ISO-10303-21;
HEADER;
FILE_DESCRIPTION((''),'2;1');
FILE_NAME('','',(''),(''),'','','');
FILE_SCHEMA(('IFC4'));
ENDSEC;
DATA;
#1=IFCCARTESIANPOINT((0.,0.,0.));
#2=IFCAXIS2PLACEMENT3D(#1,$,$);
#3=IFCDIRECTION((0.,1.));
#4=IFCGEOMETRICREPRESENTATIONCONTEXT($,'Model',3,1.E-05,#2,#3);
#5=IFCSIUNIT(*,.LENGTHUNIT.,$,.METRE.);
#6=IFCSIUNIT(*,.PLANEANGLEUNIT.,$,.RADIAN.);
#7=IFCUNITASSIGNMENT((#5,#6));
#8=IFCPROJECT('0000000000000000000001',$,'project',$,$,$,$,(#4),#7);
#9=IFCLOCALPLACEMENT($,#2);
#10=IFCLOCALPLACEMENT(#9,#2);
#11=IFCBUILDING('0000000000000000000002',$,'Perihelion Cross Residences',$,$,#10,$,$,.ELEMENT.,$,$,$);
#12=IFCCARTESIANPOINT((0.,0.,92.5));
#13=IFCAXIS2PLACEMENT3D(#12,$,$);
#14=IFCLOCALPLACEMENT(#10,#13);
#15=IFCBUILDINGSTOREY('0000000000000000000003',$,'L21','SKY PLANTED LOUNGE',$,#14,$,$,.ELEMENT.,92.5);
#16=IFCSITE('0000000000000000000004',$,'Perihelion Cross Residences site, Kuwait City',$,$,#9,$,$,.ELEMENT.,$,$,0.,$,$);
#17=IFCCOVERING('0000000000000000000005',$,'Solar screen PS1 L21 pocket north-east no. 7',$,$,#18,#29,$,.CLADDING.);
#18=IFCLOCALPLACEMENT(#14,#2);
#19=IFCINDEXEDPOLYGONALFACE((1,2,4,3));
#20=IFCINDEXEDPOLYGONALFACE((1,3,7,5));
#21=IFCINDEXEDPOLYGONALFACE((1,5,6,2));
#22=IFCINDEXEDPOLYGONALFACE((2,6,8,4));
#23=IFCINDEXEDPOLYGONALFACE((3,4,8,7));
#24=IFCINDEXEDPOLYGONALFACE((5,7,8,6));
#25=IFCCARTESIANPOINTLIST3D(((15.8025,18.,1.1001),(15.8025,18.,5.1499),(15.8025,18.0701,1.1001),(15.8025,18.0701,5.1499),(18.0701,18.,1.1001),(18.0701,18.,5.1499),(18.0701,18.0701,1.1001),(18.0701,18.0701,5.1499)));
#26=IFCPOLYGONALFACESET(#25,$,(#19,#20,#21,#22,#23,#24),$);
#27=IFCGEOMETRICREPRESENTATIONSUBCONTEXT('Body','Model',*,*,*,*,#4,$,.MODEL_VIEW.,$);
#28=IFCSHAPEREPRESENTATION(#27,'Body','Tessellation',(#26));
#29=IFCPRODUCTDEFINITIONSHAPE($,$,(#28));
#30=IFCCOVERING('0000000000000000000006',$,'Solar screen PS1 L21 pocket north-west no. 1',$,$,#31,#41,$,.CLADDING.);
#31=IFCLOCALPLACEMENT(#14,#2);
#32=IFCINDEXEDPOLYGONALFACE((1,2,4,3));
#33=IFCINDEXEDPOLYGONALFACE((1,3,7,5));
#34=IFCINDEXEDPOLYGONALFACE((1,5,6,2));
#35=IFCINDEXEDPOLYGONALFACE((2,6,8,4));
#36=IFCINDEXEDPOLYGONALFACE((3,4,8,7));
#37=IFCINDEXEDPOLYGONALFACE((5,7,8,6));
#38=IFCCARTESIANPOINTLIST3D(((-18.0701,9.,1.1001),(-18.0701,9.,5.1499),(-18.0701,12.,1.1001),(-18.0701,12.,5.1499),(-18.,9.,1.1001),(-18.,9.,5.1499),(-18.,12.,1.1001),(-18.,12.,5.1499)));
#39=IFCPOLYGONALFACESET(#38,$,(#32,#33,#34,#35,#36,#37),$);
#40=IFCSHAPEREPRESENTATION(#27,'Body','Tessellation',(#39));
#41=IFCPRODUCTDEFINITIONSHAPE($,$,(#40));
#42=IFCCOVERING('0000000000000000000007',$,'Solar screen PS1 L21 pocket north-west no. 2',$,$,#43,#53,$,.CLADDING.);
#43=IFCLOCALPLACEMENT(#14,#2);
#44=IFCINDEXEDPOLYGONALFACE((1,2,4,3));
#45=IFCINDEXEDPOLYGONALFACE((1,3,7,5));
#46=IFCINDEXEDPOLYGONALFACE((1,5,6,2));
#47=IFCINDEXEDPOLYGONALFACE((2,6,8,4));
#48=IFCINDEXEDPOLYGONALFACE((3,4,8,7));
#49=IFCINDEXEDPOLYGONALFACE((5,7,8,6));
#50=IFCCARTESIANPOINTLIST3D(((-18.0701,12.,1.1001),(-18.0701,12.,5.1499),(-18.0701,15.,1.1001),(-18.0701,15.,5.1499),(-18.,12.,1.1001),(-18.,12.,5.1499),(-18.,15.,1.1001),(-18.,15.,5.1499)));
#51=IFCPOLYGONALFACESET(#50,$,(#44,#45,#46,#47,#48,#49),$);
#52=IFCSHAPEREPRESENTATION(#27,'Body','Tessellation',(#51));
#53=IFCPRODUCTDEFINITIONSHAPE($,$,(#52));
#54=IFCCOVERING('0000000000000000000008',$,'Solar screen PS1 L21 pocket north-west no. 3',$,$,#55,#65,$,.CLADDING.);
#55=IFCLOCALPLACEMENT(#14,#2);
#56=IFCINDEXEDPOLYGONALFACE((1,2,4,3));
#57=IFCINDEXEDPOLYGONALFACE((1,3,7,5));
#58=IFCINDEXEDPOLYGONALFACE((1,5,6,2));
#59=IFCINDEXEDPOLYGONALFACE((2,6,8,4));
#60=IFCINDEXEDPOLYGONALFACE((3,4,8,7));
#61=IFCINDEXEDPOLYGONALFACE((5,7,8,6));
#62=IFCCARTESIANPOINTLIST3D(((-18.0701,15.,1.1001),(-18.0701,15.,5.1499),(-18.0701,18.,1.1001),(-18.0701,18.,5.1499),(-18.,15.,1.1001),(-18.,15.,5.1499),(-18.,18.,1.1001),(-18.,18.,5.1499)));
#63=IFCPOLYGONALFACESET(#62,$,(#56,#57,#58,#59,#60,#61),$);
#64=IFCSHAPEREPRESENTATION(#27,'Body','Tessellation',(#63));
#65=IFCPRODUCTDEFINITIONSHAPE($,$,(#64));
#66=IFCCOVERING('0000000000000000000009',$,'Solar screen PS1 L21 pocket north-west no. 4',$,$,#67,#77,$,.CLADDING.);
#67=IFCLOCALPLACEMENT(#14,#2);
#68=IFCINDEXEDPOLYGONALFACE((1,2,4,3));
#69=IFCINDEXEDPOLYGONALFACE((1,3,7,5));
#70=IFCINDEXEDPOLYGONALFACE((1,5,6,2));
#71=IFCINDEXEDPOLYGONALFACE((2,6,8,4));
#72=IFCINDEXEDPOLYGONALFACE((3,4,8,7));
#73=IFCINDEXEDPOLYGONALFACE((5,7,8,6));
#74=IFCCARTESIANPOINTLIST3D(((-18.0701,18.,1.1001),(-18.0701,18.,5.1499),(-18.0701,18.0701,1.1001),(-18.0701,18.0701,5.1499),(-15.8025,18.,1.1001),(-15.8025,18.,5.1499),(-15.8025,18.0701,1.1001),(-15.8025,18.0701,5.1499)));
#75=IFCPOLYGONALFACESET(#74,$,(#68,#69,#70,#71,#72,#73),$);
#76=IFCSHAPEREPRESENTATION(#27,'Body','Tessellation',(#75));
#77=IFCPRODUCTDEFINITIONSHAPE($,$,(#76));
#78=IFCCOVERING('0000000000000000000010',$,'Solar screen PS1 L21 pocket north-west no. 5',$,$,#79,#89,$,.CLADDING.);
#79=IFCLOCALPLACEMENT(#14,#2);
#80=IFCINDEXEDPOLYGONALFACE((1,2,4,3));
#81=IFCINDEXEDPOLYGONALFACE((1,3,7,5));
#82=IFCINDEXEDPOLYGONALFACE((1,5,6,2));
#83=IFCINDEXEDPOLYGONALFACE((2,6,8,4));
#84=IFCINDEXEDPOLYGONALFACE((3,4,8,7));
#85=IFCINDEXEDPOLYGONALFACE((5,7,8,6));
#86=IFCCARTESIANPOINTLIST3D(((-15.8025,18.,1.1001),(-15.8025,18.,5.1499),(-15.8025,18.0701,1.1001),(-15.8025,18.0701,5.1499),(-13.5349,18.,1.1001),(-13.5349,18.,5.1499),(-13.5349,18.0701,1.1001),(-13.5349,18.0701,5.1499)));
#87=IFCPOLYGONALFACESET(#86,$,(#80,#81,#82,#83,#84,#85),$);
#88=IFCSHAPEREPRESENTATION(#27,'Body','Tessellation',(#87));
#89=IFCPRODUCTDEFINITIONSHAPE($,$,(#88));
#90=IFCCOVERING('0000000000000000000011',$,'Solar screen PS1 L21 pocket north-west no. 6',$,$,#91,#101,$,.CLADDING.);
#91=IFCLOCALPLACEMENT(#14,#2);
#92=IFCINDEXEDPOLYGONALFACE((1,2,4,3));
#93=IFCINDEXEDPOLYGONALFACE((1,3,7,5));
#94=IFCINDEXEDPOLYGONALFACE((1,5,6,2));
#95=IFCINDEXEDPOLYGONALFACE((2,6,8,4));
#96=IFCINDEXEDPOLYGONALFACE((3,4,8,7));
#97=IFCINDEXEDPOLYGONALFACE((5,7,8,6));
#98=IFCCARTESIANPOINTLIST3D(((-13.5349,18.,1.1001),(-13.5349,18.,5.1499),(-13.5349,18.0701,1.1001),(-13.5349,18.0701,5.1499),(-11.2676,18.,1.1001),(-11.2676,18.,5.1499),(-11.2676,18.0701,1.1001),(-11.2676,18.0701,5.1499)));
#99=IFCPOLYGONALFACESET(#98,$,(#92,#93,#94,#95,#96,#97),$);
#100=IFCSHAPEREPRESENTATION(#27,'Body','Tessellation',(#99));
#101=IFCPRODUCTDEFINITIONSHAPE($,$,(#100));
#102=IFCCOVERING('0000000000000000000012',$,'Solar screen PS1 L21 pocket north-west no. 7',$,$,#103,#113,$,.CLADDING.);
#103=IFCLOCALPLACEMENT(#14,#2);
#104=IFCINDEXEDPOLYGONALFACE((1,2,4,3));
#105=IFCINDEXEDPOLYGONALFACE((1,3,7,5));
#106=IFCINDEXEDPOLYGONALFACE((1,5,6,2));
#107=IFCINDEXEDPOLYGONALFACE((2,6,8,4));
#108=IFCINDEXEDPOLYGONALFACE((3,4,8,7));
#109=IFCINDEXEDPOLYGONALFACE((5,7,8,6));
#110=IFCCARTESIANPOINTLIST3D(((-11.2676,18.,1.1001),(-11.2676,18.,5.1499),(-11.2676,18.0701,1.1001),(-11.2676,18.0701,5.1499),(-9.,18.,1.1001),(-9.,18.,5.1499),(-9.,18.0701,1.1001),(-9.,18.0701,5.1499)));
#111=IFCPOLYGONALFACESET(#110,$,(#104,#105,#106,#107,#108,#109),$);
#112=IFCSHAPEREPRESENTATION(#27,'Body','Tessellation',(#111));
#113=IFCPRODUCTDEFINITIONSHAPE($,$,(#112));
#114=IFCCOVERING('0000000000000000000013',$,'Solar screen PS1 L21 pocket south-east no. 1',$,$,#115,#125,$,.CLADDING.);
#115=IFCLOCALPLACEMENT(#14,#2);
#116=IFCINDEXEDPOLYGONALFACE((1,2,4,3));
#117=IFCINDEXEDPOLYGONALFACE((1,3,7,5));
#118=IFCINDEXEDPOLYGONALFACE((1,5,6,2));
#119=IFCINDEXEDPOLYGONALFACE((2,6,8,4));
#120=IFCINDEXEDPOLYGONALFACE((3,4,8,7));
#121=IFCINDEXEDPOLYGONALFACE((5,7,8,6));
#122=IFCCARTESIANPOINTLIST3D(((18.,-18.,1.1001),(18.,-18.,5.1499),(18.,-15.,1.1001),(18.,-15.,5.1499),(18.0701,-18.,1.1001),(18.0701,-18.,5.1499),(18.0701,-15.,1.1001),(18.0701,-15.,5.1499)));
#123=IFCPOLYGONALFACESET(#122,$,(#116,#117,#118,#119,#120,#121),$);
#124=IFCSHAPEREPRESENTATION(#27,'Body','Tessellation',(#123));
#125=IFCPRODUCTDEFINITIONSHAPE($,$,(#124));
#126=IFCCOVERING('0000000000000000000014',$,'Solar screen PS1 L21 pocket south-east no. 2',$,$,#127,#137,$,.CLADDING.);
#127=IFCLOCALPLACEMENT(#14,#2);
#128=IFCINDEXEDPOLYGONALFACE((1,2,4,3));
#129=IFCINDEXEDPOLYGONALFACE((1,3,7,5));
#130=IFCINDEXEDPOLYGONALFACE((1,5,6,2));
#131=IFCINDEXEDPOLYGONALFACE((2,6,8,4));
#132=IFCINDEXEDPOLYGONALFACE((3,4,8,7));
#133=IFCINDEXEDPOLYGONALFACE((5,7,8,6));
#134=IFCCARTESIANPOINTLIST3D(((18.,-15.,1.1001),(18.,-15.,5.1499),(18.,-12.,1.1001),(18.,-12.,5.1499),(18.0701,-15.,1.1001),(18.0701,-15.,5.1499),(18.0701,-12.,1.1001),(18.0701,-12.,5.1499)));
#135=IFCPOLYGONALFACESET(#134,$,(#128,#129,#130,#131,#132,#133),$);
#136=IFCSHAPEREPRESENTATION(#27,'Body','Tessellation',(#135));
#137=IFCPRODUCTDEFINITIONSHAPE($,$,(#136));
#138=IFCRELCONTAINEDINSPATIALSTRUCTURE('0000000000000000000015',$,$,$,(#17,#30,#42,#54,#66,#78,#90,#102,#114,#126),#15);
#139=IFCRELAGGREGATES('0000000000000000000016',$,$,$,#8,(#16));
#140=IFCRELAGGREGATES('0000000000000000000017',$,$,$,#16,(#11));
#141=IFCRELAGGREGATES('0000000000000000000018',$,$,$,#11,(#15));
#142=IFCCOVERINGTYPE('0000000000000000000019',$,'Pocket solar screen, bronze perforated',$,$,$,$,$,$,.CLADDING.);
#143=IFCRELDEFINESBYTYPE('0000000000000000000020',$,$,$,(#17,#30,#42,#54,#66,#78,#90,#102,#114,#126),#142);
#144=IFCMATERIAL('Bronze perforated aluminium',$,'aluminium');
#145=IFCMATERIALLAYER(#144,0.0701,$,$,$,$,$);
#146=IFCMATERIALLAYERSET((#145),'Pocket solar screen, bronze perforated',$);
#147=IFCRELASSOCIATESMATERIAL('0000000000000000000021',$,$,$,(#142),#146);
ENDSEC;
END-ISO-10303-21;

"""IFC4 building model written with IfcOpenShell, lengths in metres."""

from ifc_helpers import new_model, si_unit, direction, frame, origin, place, context, subcontext, project, spatial, polyline, outline, extrude, material, layer, layer_set, type_object, element, save


model = new_model("IFC4")

# Units and contexts
model_context = context("Model", 3, precision=1e-05, world=origin(), true_north=direction((0.0, 1.0)))
body_context = subcontext(model_context, "Body", "Model", "MODEL_VIEW")
ifc_project = project(units=[si_unit("LENGTHUNIT", "METRE"), si_unit("PLANEANGLEUNIT", "RADIAN")], contexts=[model_context])

# Site, building, storey
site_placement = place(None, origin())
site = spatial("IfcSite", under=ifc_project, at=site_placement, Name="Perihelion Cross Residences site, Kuwait City", CompositionType="ELEMENT", RefElevation=0.0)
building_placement = place(site_placement, origin())
building = spatial("IfcBuilding", under=site, at=building_placement, Name="Perihelion Cross Residences", CompositionType="ELEMENT")
storey_placement = place(building_placement, frame((0.0, 0.0, 92.5)))
storey = spatial("IfcBuildingStorey", under=building, at=storey_placement, Name="L21", Description="SKY PLANTED LOUNGE", CompositionType="ELEMENT", Elevation=92.5)

# Coverings
ifc_material_1 = material(Name="Bronze perforated aluminium", Category="aluminium")
ifc_layer_1 = layer(ifc_material_1, 0.0701)
ifc_layer_set_1 = layer_set([ifc_layer_1], Name="Pocket solar screen, bronze perforated")
covering_type_1 = type_object("IfcCoveringType", Name="Pocket solar screen, bronze perforated", PredefinedType="CLADDING", material=ifc_layer_set_1)
covering_1_placement = place(storey_placement, frame((0.0, 0.0, 1.1001)))
element("IfcCovering", 1, at=covering_1_placement, inside=storey, type_object=covering_type_1, Name="Solar screen PS1 L21 pocket north-east no. 7", PredefinedType="CLADDING", context=body_context, shape_type="SweptSolid", body=[
    extrude(outline(polyline([(18.0701, 18.0), (18.0701, 18.0701), (15.8025, 18.0701), (15.8025, 18.0), (18.0701, 18.0)])), origin(), (0.0, 0.0, 1.0), 4.0498),
])
covering_2_placement = place(storey_placement, frame((0.0, 0.0, 1.1001)))
element("IfcCovering", 2, at=covering_2_placement, inside=storey, type_object=covering_type_1, Name="Solar screen PS1 L21 pocket north-west no. 1", PredefinedType="CLADDING", context=body_context, shape_type="SweptSolid", body=[
    extrude(outline(polyline([(-18.0, 9.0), (-18.0, 12.0), (-18.0701, 12.0), (-18.0701, 9.0), (-18.0, 9.0)])), origin(), (0.0, 0.0, 1.0), 4.0498),
])
covering_3_placement = place(storey_placement, frame((0.0, 0.0, 1.1001)))
element("IfcCovering", 3, at=covering_3_placement, inside=storey, type_object=covering_type_1, Name="Solar screen PS1 L21 pocket north-west no. 2", PredefinedType="CLADDING", context=body_context, shape_type="SweptSolid", body=[
    extrude(outline(polyline([(-18.0, 12.0), (-18.0, 15.0), (-18.0701, 15.0), (-18.0701, 12.0), (-18.0, 12.0)])), origin(), (0.0, 0.0, 1.0), 4.0498),
])
covering_4_placement = place(storey_placement, frame((0.0, 0.0, 1.1001)))
element("IfcCovering", 4, at=covering_4_placement, inside=storey, type_object=covering_type_1, Name="Solar screen PS1 L21 pocket north-west no. 3", PredefinedType="CLADDING", context=body_context, shape_type="SweptSolid", body=[
    extrude(outline(polyline([(-18.0, 15.0), (-18.0, 18.0), (-18.0701, 18.0), (-18.0701, 15.0), (-18.0, 15.0)])), origin(), (0.0, 0.0, 1.0), 4.0498),
])
covering_5_placement = place(storey_placement, frame((0.0, 0.0, 1.1001)))
element("IfcCovering", 5, at=covering_5_placement, inside=storey, type_object=covering_type_1, Name="Solar screen PS1 L21 pocket north-west no. 4", PredefinedType="CLADDING", context=body_context, shape_type="SweptSolid", body=[
    extrude(outline(polyline([(-15.8025, 18.0), (-15.8025, 18.0701), (-18.0701, 18.0701), (-18.0701, 18.0), (-15.8025, 18.0)])), origin(), (0.0, 0.0, 1.0), 4.0498),
])
covering_6_placement = place(storey_placement, frame((0.0, 0.0, 1.1001)))
element("IfcCovering", 6, at=covering_6_placement, inside=storey, type_object=covering_type_1, Name="Solar screen PS1 L21 pocket north-west no. 5", PredefinedType="CLADDING", context=body_context, shape_type="SweptSolid", body=[
    extrude(outline(polyline([(-13.5349, 18.0), (-13.5349, 18.0701), (-15.8025, 18.0701), (-15.8025, 18.0), (-13.5349, 18.0)])), origin(), (0.0, 0.0, 1.0), 4.0498),
])
covering_7_placement = place(storey_placement, frame((0.0, 0.0, 1.1001)))
element("IfcCovering", 7, at=covering_7_placement, inside=storey, type_object=covering_type_1, Name="Solar screen PS1 L21 pocket north-west no. 6", PredefinedType="CLADDING", context=body_context, shape_type="SweptSolid", body=[
    extrude(outline(polyline([(-11.2676, 18.0), (-11.2676, 18.0701), (-13.5349, 18.0701), (-13.5349, 18.0), (-11.2676, 18.0)])), origin(), (0.0, 0.0, 1.0), 4.0498),
])
covering_8_placement = place(storey_placement, frame((0.0, 0.0, 1.1001)))
element("IfcCovering", 8, at=covering_8_placement, inside=storey, type_object=covering_type_1, Name="Solar screen PS1 L21 pocket north-west no. 7", PredefinedType="CLADDING", context=body_context, shape_type="SweptSolid", body=[
    extrude(outline(polyline([(-9.0, 18.0), (-9.0, 18.0701), (-11.2676, 18.0701), (-11.2676, 18.0), (-9.0, 18.0)])), origin(), (0.0, 0.0, 1.0), 4.0498),
])
covering_9_placement = place(storey_placement, frame((0.0, 0.0, 1.1001)))
element("IfcCovering", 9, at=covering_9_placement, inside=storey, type_object=covering_type_1, Name="Solar screen PS1 L21 pocket south-east no. 1", PredefinedType="CLADDING", context=body_context, shape_type="SweptSolid", body=[
    extrude(outline(polyline([(18.0701, -18.0), (18.0701, -15.0), (18.0, -15.0), (18.0, -18.0), (18.0701, -18.0)])), origin(), (0.0, 0.0, 1.0), 4.0498),
])
covering_10_placement = place(storey_placement, frame((0.0, 0.0, 1.1001)))
element("IfcCovering", 10, at=covering_10_placement, inside=storey, type_object=covering_type_1, Name="Solar screen PS1 L21 pocket south-east no. 2", PredefinedType="CLADDING", context=body_context, shape_type="SweptSolid", body=[
    extrude(outline(polyline([(18.0701, -15.0), (18.0701, -12.0), (18.0, -12.0), (18.0, -15.0), (18.0701, -15.0)])), origin(), (0.0, 0.0, 1.0), 4.0498),
])

save(model, "model.ifc")
